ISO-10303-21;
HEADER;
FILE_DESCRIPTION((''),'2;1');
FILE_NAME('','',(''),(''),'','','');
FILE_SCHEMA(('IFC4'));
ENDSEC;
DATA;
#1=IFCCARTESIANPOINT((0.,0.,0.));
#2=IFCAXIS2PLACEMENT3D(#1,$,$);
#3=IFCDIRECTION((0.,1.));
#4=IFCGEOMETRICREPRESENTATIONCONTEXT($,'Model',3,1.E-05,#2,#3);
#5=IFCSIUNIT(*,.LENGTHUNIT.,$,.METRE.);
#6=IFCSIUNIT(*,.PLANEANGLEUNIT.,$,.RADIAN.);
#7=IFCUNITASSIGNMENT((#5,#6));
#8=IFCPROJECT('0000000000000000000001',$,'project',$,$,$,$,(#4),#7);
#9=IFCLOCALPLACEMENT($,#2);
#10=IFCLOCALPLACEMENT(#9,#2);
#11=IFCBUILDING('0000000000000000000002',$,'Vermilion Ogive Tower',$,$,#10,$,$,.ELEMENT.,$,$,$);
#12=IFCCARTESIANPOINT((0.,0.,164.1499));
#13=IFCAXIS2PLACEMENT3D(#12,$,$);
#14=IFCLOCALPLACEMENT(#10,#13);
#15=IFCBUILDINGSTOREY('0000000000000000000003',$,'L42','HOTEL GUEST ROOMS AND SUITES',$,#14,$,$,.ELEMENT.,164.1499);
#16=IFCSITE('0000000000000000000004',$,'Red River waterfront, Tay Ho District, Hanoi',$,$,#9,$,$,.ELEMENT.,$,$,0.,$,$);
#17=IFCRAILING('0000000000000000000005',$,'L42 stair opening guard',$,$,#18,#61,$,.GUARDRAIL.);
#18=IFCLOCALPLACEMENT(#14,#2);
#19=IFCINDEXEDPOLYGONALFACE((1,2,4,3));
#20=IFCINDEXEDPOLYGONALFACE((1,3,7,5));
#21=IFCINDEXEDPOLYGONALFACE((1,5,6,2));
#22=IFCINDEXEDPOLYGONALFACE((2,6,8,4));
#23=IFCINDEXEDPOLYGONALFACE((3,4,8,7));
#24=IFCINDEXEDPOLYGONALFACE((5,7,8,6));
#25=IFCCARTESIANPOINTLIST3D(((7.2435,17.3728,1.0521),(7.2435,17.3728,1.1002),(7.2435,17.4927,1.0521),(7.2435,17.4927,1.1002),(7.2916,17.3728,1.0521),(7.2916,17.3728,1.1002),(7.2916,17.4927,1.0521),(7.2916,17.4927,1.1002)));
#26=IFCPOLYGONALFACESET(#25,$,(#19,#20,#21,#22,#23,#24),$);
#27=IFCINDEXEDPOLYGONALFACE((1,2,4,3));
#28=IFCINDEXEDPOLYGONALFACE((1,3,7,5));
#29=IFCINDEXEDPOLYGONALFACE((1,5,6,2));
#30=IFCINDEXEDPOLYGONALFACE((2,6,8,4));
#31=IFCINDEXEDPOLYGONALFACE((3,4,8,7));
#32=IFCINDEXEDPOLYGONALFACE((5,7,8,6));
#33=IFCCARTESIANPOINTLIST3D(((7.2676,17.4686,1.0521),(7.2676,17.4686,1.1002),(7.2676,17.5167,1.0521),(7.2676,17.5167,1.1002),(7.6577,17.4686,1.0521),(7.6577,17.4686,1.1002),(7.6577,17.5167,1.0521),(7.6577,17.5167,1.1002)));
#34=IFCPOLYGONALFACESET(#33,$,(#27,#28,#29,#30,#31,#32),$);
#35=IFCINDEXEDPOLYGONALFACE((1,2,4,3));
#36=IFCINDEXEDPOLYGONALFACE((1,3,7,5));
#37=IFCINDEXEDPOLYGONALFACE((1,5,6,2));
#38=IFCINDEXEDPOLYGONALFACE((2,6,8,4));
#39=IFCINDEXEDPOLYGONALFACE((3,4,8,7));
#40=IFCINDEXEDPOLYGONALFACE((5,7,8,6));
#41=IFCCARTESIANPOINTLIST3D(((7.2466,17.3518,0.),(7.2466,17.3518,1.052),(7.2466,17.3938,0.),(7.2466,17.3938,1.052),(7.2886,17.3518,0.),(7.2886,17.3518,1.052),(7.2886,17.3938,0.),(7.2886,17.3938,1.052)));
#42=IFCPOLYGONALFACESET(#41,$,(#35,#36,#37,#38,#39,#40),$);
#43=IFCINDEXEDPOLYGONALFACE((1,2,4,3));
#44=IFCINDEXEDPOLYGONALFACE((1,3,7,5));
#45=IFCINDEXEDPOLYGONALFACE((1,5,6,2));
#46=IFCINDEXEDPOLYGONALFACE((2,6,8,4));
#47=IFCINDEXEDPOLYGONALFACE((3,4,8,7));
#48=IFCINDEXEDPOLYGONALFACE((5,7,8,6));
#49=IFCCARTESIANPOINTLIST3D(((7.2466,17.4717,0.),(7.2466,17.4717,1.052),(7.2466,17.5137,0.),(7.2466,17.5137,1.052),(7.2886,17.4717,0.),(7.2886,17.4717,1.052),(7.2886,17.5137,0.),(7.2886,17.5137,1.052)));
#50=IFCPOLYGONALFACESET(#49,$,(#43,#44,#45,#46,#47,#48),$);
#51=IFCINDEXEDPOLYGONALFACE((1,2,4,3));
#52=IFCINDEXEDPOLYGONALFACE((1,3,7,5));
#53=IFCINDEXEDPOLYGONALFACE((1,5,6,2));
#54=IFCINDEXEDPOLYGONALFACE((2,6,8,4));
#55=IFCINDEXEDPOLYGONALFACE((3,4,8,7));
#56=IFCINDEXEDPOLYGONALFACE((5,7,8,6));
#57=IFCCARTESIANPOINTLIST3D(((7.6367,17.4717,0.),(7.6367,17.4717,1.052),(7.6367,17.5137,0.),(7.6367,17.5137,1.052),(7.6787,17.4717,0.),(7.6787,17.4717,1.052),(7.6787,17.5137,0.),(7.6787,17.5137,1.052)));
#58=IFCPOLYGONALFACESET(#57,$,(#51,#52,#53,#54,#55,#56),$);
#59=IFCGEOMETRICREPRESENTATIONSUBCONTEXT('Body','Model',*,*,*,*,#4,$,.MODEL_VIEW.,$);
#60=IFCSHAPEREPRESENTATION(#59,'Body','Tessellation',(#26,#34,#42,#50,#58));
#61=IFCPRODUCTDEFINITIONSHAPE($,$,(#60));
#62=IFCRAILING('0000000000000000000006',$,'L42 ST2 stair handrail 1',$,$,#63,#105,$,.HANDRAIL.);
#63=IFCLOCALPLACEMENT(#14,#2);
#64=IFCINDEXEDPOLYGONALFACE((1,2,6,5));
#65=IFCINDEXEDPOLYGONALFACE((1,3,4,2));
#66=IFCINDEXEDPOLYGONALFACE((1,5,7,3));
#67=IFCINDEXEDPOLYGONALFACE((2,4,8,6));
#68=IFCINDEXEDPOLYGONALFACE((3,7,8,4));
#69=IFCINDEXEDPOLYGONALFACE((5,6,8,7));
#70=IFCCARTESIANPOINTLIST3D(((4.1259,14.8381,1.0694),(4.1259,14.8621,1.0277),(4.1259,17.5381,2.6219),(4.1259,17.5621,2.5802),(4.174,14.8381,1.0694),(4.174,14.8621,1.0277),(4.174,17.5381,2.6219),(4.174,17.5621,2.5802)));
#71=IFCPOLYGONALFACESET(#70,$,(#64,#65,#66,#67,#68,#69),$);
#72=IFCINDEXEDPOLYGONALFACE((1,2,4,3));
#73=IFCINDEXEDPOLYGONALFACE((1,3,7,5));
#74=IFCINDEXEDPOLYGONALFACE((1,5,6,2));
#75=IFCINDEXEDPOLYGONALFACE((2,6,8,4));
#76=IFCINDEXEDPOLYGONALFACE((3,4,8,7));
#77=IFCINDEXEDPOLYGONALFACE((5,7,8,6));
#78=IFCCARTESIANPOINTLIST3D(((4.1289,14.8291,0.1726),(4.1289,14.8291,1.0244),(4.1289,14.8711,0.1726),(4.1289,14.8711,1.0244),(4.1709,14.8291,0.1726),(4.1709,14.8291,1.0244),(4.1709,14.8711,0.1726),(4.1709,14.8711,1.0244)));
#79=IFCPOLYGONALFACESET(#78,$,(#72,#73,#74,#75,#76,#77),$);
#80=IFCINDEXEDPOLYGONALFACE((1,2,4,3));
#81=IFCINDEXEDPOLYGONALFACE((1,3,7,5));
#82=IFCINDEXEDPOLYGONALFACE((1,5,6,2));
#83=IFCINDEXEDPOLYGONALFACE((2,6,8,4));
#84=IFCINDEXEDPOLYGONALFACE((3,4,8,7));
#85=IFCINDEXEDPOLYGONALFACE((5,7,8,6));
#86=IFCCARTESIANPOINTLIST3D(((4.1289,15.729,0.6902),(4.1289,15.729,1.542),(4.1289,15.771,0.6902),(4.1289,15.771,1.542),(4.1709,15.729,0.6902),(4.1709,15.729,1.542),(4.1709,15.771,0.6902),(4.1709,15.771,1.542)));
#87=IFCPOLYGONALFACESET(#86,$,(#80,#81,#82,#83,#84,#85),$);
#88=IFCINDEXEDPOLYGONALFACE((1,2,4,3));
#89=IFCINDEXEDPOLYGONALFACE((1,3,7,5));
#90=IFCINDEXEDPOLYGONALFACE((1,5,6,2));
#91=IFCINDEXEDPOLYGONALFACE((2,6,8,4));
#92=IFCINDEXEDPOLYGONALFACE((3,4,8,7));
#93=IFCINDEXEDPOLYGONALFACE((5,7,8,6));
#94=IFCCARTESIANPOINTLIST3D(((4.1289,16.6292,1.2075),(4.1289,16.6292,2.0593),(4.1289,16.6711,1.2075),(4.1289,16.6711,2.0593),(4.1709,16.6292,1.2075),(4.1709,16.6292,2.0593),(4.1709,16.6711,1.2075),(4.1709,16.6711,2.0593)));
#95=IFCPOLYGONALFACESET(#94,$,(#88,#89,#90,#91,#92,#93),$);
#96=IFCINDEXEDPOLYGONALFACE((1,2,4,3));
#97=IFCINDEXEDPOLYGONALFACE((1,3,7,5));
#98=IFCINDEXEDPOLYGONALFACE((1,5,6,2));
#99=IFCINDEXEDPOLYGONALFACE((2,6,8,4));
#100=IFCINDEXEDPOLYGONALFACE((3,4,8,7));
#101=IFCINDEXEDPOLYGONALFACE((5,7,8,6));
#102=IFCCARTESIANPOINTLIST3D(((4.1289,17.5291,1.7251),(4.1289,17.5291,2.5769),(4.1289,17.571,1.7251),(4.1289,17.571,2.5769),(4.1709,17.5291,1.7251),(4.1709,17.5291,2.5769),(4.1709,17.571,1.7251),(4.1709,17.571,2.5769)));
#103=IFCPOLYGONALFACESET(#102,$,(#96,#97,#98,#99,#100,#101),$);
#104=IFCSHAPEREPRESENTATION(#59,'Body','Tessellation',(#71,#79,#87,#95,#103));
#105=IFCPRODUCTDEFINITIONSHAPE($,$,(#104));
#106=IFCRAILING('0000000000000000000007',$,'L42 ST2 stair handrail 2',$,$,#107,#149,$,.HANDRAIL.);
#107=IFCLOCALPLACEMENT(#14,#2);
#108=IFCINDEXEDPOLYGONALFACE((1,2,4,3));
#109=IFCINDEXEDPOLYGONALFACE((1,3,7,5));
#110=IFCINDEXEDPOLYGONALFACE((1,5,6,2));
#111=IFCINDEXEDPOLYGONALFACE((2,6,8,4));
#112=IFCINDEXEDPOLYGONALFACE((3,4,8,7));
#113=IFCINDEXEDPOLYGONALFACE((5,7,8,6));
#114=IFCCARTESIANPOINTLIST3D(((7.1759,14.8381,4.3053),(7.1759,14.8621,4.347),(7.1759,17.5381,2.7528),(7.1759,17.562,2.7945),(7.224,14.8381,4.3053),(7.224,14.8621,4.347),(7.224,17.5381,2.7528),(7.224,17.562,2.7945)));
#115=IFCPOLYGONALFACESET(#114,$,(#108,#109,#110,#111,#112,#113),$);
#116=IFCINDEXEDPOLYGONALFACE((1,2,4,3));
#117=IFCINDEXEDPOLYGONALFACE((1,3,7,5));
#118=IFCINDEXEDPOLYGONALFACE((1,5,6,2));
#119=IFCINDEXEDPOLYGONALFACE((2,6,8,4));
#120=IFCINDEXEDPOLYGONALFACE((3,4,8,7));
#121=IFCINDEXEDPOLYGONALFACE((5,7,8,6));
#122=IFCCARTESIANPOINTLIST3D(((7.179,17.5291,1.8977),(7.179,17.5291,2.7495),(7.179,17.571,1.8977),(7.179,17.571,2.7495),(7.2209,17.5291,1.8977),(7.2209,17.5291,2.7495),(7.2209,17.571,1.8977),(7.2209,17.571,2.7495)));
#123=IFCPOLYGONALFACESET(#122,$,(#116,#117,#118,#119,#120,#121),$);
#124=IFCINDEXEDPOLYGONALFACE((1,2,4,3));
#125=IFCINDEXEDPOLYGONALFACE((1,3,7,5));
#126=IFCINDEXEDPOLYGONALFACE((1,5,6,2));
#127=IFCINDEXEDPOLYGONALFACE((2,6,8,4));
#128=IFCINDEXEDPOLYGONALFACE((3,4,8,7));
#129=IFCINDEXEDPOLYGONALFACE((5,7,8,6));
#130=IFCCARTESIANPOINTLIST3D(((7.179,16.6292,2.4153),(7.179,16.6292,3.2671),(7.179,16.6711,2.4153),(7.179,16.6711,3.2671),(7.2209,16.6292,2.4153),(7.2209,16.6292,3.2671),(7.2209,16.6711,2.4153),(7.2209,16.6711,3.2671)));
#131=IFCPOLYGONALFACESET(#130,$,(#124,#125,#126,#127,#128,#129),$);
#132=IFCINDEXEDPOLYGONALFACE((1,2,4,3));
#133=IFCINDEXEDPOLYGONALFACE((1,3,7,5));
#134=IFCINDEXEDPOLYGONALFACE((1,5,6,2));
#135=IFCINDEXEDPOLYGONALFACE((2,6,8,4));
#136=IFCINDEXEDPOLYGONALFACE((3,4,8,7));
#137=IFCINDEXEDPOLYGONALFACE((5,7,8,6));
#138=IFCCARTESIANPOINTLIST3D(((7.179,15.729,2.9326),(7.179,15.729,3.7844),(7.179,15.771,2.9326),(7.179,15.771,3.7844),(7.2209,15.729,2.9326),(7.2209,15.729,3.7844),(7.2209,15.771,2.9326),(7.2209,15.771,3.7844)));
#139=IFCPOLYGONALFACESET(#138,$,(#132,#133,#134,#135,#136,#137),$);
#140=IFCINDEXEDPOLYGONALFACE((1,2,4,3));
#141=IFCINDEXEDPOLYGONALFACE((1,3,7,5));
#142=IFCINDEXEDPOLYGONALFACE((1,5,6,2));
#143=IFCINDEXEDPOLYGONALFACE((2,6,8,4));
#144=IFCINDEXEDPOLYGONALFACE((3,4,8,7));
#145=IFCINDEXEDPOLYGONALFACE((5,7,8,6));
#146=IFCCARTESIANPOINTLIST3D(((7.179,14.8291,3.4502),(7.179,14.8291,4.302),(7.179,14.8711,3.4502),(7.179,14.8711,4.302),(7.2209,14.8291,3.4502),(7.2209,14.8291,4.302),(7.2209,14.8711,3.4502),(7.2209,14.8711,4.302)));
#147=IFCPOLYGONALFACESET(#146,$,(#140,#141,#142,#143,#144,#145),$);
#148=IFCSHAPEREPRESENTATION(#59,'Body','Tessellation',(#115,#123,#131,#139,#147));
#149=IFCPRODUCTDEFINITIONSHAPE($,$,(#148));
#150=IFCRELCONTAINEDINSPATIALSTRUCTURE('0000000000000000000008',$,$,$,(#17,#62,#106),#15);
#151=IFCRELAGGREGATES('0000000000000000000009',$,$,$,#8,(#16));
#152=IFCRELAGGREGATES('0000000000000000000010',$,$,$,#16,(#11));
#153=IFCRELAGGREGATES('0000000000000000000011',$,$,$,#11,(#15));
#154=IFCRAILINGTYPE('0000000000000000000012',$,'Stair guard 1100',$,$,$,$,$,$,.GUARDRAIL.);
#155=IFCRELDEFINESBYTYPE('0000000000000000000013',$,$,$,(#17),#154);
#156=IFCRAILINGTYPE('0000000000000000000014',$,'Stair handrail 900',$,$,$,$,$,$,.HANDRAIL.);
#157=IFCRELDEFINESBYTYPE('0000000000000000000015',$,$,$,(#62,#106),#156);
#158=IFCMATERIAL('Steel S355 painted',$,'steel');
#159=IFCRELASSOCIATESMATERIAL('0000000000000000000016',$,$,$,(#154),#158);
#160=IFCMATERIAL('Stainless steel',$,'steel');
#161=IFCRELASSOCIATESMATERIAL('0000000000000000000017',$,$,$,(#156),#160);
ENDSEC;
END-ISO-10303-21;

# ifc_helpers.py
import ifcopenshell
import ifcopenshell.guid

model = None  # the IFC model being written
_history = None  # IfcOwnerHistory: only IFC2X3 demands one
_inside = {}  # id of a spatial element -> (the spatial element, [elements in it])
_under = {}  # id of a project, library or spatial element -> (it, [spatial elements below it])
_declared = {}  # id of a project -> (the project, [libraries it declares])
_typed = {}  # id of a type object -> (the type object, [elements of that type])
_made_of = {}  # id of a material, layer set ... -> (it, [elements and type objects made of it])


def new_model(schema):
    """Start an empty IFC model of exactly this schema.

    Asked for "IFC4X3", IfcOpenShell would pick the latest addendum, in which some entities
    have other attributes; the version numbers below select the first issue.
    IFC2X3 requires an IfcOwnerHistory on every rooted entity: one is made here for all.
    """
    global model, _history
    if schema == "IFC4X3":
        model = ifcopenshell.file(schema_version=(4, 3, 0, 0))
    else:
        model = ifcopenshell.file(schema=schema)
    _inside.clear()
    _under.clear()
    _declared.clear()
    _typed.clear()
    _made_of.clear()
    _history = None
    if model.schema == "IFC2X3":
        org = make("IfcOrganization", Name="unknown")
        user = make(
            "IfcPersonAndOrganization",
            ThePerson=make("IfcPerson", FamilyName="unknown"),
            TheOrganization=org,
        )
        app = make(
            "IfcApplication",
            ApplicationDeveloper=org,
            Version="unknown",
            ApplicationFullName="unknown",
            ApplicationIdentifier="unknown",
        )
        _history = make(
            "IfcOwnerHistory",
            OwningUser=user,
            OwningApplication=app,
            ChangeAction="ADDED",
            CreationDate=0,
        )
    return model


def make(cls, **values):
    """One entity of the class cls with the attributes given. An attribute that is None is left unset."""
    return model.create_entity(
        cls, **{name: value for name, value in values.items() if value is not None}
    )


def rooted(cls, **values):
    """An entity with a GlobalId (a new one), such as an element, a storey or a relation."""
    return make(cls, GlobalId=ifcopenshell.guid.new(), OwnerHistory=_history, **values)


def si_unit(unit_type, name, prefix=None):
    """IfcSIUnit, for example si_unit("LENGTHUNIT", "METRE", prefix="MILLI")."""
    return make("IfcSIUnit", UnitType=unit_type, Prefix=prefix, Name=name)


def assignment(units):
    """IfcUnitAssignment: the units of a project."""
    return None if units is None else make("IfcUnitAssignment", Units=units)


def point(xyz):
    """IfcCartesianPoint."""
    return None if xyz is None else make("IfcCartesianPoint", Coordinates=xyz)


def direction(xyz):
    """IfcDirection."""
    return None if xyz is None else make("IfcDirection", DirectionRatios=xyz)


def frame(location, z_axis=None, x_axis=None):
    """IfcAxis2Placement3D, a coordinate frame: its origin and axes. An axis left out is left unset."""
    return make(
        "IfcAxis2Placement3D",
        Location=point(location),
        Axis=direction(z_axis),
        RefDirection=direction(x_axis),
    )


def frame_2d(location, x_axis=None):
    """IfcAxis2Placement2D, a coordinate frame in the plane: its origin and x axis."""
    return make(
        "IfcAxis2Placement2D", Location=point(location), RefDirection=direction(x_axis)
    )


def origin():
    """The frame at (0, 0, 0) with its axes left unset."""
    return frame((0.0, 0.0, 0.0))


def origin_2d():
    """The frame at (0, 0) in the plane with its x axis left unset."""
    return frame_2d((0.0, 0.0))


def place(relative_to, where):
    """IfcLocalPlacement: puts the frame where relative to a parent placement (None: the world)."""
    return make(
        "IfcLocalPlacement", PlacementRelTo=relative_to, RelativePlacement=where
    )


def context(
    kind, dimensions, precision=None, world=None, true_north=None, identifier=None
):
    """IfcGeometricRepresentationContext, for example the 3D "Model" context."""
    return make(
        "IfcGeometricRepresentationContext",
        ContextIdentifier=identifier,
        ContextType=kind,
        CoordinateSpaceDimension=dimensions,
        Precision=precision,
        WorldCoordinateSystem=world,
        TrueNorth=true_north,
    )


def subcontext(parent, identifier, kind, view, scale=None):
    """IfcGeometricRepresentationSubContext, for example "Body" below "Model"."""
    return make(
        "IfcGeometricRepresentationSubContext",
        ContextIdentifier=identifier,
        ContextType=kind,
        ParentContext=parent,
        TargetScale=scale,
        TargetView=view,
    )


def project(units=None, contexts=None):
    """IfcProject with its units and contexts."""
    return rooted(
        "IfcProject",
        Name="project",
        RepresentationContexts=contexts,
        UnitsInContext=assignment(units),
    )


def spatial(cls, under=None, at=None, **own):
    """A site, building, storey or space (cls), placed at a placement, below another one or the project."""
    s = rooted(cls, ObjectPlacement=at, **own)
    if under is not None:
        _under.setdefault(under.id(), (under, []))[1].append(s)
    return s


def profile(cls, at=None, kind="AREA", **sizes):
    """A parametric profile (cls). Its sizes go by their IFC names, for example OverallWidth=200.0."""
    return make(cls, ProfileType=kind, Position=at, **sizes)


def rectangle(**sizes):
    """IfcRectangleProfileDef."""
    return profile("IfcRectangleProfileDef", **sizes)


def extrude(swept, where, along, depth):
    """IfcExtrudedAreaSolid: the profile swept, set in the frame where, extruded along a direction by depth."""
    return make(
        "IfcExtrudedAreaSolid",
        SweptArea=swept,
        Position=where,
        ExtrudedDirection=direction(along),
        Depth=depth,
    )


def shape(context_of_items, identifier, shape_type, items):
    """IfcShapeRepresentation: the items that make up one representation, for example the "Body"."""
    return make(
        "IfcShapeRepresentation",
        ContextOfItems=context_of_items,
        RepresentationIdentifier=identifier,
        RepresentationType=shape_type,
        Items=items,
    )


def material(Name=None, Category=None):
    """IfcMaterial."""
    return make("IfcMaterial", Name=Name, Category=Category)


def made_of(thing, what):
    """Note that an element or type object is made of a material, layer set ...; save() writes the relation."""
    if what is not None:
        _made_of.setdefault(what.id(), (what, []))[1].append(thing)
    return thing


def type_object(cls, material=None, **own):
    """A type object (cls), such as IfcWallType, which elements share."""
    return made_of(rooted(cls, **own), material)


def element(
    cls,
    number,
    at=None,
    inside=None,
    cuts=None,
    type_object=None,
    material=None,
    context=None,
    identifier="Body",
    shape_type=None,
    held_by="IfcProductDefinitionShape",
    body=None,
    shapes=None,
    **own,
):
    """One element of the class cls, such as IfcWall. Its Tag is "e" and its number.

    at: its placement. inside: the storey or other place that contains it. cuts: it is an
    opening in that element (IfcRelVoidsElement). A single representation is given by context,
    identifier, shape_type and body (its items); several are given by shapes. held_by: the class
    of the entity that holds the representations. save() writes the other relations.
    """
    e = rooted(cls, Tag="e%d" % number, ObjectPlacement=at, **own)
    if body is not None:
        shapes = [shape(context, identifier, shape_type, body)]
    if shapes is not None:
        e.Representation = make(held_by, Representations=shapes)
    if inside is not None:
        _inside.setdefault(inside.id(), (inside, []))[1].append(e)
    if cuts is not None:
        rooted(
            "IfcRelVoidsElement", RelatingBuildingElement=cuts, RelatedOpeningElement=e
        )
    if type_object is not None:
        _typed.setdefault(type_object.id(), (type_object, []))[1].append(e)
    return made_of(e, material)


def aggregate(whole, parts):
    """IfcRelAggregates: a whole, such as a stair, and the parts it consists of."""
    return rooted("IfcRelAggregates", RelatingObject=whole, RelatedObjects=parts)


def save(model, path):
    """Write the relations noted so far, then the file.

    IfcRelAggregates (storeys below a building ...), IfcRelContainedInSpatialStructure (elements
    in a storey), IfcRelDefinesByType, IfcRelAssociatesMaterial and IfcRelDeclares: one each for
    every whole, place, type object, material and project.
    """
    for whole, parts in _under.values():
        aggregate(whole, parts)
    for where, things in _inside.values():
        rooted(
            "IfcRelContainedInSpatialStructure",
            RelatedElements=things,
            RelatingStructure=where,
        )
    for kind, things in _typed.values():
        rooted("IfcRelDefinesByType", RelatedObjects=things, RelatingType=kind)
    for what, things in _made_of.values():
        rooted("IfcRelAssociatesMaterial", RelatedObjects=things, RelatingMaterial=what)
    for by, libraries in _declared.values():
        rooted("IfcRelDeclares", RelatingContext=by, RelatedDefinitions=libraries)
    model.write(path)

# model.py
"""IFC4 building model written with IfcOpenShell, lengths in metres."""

from ifc_helpers import new_model, si_unit, direction, frame, origin, origin_2d, place, context, subcontext, project, spatial, rectangle, extrude, material, type_object, element, save


model = new_model("IFC4")

# Units and contexts
model_context = context("Model", 3, precision=1e-05, world=origin(), true_north=direction((0.0, 1.0)))
body_context = subcontext(model_context, "Body", "Model", "MODEL_VIEW")
ifc_project = project(units=[si_unit("LENGTHUNIT", "METRE"), si_unit("PLANEANGLEUNIT", "RADIAN")], contexts=[model_context])

# Site, building, storey
site_placement = place(None, origin())
site = spatial("IfcSite", under=ifc_project, at=site_placement, Name="Red River waterfront, Tay Ho District, Hanoi", CompositionType="ELEMENT", RefElevation=0.0)
building_placement = place(site_placement, origin())
building = spatial("IfcBuilding", under=site, at=building_placement, Name="Vermilion Ogive Tower", CompositionType="ELEMENT")
storey_placement = place(building_placement, frame((0.0, 0.0, 164.1499)))
storey = spatial("IfcBuildingStorey", under=building, at=storey_placement, Name="L42", Description="HOTEL GUEST ROOMS AND SUITES", CompositionType="ELEMENT", Elevation=164.1499)

# Railings
ifc_material_1 = material(Name="Steel S355 painted", Category="steel")
railing_type_1 = type_object("IfcRailingType", Name="Stair guard 1100", PredefinedType="GUARDRAIL", material=ifc_material_1)
railing_1_placement = place(storey_placement, frame((7.2676, 17.3728, 0.0)))
element("IfcRailing", 1, at=railing_1_placement, inside=storey, type_object=railing_type_1, Name="L42 stair opening guard", PredefinedType="GUARDRAIL", context=body_context, shape_type="SweptSolid", body=[
    extrude(rectangle(XDim=0.0481, YDim=0.0481, at=origin_2d()), frame((0.0, 0.0, 1.0762), z_axis=(0.0, 1.0, 0.0), x_axis=(-1.0, 0.0, 0.0)), (0.0, 0.0, 1.0), 0.1199),
    extrude(rectangle(XDim=0.0481, YDim=0.0481, at=origin_2d()), frame((0.0, 0.1199, 1.0762), z_axis=(1.0, 0.0, 0.0), x_axis=(0.0, 1.0, 0.0)), (0.0, 0.0, 1.0), 0.3901),
    extrude(rectangle(XDim=0.042, YDim=0.042, at=origin_2d()), origin(), (0.0, 0.0, 1.0), 1.052),
    extrude(rectangle(XDim=0.042, YDim=0.042, at=origin_2d()), frame((0.0, 0.1199, 0.0)), (0.0, 0.0, 1.0), 1.052),
    extrude(rectangle(XDim=0.042, YDim=0.042, at=origin_2d()), frame((0.3901, 0.1199, 0.0)), (0.0, 0.0, 1.0), 1.052),
])
ifc_material_2 = material(Name="Stainless steel", Category="steel")
railing_type_2 = type_object("IfcRailingType", Name="Stair handrail 900", PredefinedType="HANDRAIL", material=ifc_material_2)
railing_2_placement = place(storey_placement, frame((4.1499, 14.8501, 0.1726)))
element("IfcRailing", 2, at=railing_2_placement, inside=storey, type_object=railing_type_2, Name="L42 ST2 stair handrail 1", PredefinedType="HANDRAIL", context=body_context, shape_type="SweptSolid", body=[
    extrude(rectangle(XDim=0.0481, YDim=0.0481, at=origin_2d()), frame((0.0, 0.0, 0.876), z_axis=(0.0, 0.866904, 0.498476), x_axis=(-1.0, 0.0, 0.0)), (0.0, 0.0, 1.0), 3.1145),
    extrude(rectangle(XDim=0.042, YDim=0.042, at=origin_2d()), origin(), (0.0, 0.0, 1.0), 0.8518),
    extrude(rectangle(XDim=0.042, YDim=0.042, at=origin_2d()), frame((0.0, 0.8999, 0.5176)), (0.0, 0.0, 1.0), 0.8518),
    extrude(rectangle(XDim=0.042, YDim=0.042, at=origin_2d()), frame((0.0, 1.8, 1.0349)), (0.0, 0.0, 1.0), 0.8518),
    extrude(rectangle(XDim=0.042, YDim=0.042, at=origin_2d()), frame((0.0, 2.7, 1.5525)), (0.0, 0.0, 1.0), 0.8518),
])
railing_3_placement = place(storey_placement, frame((7.2, 17.55, 1.8977)))
element("IfcRailing", 3, at=railing_3_placement, inside=storey, type_object=railing_type_2, Name="L42 ST2 stair handrail 2", PredefinedType="HANDRAIL", context=body_context, shape_type="SweptSolid", body=[
    extrude(rectangle(XDim=0.0481, YDim=0.0481, at=origin_2d()), frame((0.0, 0.0, 0.876), z_axis=(0.0, -0.866904, 0.498476), x_axis=(1.0, 0.0, 0.0)), (0.0, 0.0, 1.0), 3.1145),
    extrude(rectangle(XDim=0.042, YDim=0.042, at=origin_2d()), origin(), (0.0, 0.0, 1.0), 0.8518),
    extrude(rectangle(XDim=0.042, YDim=0.042, at=origin_2d()), frame((0.0, -0.8999, 0.5176)), (0.0, 0.0, 1.0), 0.8518),
    extrude(rectangle(XDim=0.042, YDim=0.042, at=origin_2d()), frame((0.0, -1.8, 1.0349)), (0.0, 0.0, 1.0), 0.8518),
    extrude(rectangle(XDim=0.042, YDim=0.042, at=origin_2d()), frame((0.0, -2.7, 1.5525)), (0.0, 0.0, 1.0), 0.8518),
])

save(model, "model.ifc")
